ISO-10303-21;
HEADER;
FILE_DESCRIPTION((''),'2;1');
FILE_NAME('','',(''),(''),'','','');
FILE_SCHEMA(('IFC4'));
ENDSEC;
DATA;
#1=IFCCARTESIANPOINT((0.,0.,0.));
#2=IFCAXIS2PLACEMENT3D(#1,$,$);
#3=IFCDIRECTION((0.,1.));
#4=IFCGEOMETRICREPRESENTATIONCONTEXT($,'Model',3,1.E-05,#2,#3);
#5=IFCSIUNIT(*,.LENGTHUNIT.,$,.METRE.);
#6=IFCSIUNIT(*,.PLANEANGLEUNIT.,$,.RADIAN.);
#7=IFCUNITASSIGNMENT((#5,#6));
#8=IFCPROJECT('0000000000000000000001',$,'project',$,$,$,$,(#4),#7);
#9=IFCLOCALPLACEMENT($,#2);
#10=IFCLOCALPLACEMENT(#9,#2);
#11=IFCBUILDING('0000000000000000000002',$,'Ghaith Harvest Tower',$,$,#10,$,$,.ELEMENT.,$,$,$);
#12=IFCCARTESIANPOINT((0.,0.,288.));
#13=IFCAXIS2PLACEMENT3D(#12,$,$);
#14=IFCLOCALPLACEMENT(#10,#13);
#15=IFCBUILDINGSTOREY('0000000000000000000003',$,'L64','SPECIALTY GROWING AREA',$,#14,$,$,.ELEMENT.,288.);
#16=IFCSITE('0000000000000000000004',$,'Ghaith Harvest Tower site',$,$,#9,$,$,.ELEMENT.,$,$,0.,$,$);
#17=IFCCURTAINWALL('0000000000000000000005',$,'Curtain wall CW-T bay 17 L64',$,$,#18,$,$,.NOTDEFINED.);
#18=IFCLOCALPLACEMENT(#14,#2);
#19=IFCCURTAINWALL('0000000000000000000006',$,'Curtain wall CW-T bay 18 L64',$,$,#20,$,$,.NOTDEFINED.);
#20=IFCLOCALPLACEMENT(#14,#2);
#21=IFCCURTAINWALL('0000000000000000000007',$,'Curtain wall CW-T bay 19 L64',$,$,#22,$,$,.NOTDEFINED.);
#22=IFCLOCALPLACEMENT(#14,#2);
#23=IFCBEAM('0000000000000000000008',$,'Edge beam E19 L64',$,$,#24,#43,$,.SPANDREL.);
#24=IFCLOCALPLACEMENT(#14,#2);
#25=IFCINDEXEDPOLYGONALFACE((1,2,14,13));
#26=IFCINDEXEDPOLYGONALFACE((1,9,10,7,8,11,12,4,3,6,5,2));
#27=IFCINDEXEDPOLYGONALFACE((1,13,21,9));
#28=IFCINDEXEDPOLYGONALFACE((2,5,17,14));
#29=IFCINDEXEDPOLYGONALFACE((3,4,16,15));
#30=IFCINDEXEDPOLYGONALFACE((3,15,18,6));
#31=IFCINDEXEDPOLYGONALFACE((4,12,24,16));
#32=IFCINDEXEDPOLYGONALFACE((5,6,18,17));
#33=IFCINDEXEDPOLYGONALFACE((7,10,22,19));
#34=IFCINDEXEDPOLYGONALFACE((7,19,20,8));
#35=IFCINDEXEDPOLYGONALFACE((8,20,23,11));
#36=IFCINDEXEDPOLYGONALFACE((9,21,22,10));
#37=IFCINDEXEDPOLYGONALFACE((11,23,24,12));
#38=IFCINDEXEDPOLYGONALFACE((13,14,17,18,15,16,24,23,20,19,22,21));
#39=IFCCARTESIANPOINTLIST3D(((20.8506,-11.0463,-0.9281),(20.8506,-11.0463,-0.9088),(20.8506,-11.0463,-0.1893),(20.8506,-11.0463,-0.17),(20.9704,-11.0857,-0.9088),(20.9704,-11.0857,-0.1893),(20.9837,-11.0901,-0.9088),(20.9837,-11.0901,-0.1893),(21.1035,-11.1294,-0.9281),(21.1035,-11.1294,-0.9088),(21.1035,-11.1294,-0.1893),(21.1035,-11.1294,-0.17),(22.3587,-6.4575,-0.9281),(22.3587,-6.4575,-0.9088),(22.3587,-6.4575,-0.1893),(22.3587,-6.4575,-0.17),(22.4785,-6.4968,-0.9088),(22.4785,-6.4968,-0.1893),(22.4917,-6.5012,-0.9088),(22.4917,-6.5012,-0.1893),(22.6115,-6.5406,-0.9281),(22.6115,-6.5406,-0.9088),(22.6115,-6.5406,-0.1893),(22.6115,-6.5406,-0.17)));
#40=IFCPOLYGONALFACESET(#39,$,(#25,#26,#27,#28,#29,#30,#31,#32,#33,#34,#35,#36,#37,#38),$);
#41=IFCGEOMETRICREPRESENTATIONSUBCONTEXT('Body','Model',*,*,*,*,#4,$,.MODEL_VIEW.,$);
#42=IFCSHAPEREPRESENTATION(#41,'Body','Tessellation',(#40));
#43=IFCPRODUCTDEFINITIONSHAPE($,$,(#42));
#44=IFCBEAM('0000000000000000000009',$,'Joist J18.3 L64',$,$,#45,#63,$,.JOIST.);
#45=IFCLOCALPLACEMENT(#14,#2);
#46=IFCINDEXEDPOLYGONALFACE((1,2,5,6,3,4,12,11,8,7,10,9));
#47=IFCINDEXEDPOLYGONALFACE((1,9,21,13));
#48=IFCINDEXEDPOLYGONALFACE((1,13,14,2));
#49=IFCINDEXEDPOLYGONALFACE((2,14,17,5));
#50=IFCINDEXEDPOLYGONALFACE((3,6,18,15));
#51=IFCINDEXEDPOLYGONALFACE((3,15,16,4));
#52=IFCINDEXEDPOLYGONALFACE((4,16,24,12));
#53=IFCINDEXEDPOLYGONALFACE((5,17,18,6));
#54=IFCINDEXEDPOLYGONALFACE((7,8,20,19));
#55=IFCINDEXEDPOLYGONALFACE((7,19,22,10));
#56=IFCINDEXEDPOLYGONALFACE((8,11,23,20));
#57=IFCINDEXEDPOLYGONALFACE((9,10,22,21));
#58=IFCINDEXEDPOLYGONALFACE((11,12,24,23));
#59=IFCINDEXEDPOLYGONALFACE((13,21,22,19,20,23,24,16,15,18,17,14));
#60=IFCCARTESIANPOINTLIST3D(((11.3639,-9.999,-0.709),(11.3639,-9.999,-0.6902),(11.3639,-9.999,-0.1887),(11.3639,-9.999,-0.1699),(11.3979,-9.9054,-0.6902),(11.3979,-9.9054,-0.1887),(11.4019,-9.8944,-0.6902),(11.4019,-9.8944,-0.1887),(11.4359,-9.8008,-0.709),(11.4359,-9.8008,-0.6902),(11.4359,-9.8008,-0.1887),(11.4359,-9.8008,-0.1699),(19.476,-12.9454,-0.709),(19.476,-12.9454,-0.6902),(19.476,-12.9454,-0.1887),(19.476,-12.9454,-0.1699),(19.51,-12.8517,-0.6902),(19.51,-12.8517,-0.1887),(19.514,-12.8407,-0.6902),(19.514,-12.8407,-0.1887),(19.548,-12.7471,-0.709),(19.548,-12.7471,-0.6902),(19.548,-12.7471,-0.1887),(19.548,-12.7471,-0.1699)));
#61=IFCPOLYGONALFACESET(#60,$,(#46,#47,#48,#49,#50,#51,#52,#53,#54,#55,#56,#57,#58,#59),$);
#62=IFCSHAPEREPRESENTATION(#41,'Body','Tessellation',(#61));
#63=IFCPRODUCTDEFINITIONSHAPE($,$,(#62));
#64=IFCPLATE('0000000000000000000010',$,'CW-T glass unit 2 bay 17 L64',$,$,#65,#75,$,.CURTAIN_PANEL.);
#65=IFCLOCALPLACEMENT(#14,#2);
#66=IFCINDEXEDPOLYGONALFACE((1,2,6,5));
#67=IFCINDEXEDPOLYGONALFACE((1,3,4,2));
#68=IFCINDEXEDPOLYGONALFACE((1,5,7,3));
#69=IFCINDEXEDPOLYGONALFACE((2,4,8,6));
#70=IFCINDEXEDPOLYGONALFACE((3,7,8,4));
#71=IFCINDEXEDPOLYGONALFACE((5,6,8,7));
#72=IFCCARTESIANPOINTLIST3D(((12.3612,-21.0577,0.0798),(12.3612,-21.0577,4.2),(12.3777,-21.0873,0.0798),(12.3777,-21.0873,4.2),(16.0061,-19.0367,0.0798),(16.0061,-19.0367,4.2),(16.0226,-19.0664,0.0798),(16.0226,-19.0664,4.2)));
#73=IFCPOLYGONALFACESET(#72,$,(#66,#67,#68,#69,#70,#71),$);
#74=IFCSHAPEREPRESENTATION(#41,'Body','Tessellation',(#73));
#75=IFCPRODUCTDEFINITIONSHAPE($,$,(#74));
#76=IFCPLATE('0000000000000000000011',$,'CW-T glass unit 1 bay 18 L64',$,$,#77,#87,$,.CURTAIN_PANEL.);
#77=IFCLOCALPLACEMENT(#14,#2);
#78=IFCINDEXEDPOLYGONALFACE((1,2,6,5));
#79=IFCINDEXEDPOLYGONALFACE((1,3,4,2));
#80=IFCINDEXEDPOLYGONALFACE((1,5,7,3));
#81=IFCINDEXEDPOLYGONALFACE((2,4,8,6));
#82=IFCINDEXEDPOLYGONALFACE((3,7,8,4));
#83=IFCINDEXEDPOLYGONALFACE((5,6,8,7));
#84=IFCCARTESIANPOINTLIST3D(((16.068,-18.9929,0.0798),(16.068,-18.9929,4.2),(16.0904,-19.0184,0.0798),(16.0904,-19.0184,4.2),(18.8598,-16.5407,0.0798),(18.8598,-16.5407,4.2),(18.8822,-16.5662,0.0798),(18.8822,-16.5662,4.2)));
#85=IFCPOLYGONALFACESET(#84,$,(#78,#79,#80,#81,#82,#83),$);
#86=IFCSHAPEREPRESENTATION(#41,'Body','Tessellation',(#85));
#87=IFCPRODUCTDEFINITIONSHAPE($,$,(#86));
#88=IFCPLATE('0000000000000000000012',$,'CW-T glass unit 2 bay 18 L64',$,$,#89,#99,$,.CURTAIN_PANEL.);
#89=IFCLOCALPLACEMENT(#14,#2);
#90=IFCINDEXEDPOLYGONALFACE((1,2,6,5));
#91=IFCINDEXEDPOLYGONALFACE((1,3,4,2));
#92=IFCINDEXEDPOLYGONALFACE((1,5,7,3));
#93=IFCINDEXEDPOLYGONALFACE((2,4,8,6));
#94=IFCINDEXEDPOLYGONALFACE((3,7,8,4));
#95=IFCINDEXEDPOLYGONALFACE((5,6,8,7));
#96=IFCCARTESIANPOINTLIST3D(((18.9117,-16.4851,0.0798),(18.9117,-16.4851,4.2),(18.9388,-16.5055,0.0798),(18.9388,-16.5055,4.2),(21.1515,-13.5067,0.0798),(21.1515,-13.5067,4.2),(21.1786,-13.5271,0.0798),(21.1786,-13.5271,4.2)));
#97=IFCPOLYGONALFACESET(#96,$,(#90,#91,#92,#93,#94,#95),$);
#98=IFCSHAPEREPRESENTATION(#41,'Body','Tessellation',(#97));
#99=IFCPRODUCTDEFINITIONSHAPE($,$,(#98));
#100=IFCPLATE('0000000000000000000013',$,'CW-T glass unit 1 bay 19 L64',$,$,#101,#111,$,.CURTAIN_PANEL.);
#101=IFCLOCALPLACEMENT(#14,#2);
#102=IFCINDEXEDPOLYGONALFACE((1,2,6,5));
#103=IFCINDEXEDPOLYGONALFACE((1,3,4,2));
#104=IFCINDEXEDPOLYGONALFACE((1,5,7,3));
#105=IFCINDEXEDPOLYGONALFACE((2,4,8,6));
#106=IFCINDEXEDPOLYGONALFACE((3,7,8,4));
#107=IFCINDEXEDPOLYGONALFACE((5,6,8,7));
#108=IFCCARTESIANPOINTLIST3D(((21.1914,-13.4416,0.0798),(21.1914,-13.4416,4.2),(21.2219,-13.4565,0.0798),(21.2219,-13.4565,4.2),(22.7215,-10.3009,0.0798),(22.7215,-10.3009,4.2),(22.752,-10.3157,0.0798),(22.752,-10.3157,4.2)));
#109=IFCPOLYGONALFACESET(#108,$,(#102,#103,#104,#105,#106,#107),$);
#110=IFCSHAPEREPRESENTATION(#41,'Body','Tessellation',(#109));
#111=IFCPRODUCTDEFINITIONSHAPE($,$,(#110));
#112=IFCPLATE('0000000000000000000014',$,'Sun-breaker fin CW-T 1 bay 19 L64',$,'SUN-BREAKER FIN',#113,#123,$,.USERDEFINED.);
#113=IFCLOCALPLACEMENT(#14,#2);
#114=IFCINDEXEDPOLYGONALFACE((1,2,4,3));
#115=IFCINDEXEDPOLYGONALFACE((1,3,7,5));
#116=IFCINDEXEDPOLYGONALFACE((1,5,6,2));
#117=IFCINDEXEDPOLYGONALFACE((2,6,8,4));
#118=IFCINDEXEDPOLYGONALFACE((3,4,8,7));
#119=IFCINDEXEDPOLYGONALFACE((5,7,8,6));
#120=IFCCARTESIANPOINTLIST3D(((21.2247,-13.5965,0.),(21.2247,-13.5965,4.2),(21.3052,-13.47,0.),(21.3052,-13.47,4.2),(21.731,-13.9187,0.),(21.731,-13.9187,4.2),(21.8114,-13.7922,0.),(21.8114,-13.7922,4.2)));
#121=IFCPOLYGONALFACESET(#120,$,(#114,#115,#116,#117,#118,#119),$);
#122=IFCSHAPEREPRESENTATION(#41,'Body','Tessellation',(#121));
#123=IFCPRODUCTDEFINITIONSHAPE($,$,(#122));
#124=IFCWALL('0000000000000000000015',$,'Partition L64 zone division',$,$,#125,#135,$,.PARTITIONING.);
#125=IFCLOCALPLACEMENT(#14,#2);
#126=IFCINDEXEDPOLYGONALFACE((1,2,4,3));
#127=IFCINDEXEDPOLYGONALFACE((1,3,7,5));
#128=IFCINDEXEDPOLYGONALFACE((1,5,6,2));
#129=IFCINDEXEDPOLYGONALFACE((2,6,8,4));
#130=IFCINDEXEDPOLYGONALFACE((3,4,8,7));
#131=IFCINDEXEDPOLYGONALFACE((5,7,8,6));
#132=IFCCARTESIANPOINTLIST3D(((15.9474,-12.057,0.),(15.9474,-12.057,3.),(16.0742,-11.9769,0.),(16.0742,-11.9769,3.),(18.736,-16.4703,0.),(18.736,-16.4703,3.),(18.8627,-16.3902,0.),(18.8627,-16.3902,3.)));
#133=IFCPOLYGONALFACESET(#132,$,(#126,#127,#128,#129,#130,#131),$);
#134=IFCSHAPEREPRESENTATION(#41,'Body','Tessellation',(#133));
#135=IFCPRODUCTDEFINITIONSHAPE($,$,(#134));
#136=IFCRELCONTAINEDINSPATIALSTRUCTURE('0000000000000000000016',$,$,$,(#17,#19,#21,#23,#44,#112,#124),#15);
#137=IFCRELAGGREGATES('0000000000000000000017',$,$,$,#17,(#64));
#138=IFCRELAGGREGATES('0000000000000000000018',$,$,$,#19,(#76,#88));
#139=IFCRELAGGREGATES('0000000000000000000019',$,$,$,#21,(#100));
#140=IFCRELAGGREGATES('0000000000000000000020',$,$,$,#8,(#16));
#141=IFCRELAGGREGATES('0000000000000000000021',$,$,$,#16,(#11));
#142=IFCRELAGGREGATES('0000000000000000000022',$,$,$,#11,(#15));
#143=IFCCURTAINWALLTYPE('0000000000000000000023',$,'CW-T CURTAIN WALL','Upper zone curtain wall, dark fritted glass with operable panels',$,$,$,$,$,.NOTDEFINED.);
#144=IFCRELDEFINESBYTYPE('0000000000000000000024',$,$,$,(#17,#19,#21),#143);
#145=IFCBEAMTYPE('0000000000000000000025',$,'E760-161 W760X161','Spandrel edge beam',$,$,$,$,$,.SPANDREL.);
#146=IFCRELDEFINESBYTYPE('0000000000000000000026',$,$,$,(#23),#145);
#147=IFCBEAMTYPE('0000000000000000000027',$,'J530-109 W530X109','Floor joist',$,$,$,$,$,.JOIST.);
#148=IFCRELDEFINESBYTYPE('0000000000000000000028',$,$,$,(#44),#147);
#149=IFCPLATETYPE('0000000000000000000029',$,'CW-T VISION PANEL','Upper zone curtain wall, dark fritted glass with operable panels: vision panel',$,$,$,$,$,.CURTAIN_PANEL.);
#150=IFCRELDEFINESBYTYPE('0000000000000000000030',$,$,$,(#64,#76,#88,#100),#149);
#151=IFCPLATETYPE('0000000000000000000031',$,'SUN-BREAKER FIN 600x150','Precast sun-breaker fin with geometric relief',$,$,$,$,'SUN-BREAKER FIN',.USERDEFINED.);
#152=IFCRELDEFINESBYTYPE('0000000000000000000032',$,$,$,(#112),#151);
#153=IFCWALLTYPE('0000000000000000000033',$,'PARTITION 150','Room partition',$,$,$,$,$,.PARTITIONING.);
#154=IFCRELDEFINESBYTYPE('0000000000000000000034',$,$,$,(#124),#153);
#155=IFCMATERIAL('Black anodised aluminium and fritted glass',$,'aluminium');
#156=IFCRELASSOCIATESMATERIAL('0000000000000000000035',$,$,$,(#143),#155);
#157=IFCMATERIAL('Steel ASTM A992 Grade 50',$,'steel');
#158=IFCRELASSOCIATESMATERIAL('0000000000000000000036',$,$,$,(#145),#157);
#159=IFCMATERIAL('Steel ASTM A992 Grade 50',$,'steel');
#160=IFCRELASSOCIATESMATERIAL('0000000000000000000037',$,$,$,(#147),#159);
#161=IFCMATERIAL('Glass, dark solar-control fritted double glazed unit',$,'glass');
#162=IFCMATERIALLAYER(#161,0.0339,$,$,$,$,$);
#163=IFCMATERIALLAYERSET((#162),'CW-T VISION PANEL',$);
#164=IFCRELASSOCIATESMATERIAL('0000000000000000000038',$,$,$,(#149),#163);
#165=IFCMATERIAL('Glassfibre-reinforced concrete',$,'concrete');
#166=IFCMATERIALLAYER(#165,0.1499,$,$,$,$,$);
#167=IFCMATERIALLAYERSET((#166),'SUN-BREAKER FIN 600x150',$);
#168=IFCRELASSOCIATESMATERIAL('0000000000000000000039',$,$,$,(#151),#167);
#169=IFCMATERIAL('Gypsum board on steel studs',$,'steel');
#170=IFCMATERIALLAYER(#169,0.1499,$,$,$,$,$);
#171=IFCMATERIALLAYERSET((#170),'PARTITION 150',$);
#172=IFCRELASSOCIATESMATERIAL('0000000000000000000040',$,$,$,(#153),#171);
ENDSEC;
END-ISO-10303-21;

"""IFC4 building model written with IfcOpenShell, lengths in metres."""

from ifc_helpers import new_model, si_unit, direction, frame, frame_2d, origin, origin_2d, place, context, subcontext, project, spatial, rectangle, i_section, extrude, material, layer, layer_set, material_profile, profile_set, type_object, element, aggregate, save


model = new_model("IFC4")

# Units and contexts
model_context = context("Model", 3, precision=1e-05, world=origin(), true_north=direction((0.0, 1.0)))
body_context = subcontext(model_context, "Body", "Model", "MODEL_VIEW")
ifc_project = project(units=[si_unit("LENGTHUNIT", "METRE"), si_unit("PLANEANGLEUNIT", "RADIAN")], contexts=[model_context])

# Site, building, storey
site_placement = place(None, origin())
site = spatial("IfcSite", under=ifc_project, at=site_placement, Name="Ghaith Harvest Tower site", CompositionType="ELEMENT", RefElevation=0.0)
building_placement = place(site_placement, origin())
building = spatial("IfcBuilding", under=site, at=building_placement, Name="Ghaith Harvest Tower", CompositionType="ELEMENT")
storey_placement = place(building_placement, frame((0.0, 0.0, 288.0)))
storey = spatial("IfcBuildingStorey", under=building, at=storey_placement, Name="L64", Description="SPECIALTY GROWING AREA", CompositionType="ELEMENT", Elevation=288.0)

# Curtain wall
ifc_material_1 = material(Name="Black anodised aluminium and fritted glass", Category="aluminium")
curtain_wall_type = type_object("IfcCurtainWallType", Name="CW-T CURTAIN WALL", Description="Upper zone curtain wall, dark fritted glass with operable panels", PredefinedType="NOTDEFINED", material=ifc_material_1)
curtain_wall_1_placement = place(storey_placement, origin())
curtain_wall_1 = element("IfcCurtainWall", 1, at=curtain_wall_1_placement, inside=storey, type_object=curtain_wall_type, Name="Curtain wall CW-T bay 17 L64", PredefinedType="NOTDEFINED")

# Curtain walls
curtain_wall_2_placement = place(storey_placement, origin())
curtain_wall_2 = element("IfcCurtainWall", 2, at=curtain_wall_2_placement, inside=storey, type_object=curtain_wall_type, Name="Curtain wall CW-T bay 18 L64", PredefinedType="NOTDEFINED")
curtain_wall_3_placement = place(storey_placement, origin())
curtain_wall_3 = element("IfcCurtainWall", 3, at=curtain_wall_3_placement, inside=storey, type_object=curtain_wall_type, Name="Curtain wall CW-T bay 19 L64", PredefinedType="NOTDEFINED")

# Beams
ifc_material_2 = material(Name="Steel ASTM A992 Grade 50", Category="steel")
ifc_material_profile_1 = material_profile(ifc_material_2, i_section(OverallWidth=0.2661, OverallDepth=0.7581, WebThickness=0.0139, FlangeThickness=0.0193, at=origin_2d()), Name="W760X161")
ifc_profile_set_1 = profile_set([ifc_material_profile_1], Name="Steel ASTM A992 Grade 50")
beam_type_1 = type_object("IfcBeamType", Name="E760-161 W760X161", Description="Spandrel edge beam", PredefinedType="SPANDREL", material=ifc_profile_set_1)
beam_1_placement = place(storey_placement, frame((20.9771, -11.0879, -0.5491), z_axis=(0.312207, 0.950014, 0.0), x_axis=(-0.950014, 0.312207, 0.0)))
element("IfcBeam", 4, at=beam_1_placement, inside=storey, type_object=beam_type_1, Name="Edge beam E19 L64", PredefinedType="SPANDREL", context=body_context, shape_type="SweptSolid", body=[
    extrude(i_section(OverallWidth=0.2661, OverallDepth=0.7581, WebThickness=0.0139, FlangeThickness=0.0193, at=origin_2d()), origin(), (0.0, 0.0, 1.0), 4.8303),
])
ifc_material_3 = material(Name="Steel ASTM A992 Grade 50", Category="steel")
ifc_material_profile_2 = material_profile(ifc_material_3, i_section(OverallWidth=0.2109, OverallDepth=0.5391, WebThickness=0.0117, FlangeThickness=0.0188, at=origin_2d()), Name="W530X109")
ifc_profile_set_2 = profile_set([ifc_material_profile_2], Name="Steel ASTM A992 Grade 50")
beam_type_2 = type_object("IfcBeamType", Name="J530-109 W530X109", Description="Floor joist", PredefinedType="JOIST", material=ifc_profile_set_2)
beam_2_placement = place(storey_placement, frame((11.3999, -9.8999, -0.4395), z_axis=(0.939926, -0.34138, 0.0), x_axis=(0.34138, 0.939926, 0.0)))
element("IfcBeam", 5, at=beam_2_placement, inside=storey, type_object=beam_type_2, Name="Joist J18.3 L64", PredefinedType="JOIST", context=body_context, shape_type="SweptSolid", body=[
    extrude(i_section(OverallWidth=0.2109, OverallDepth=0.5391, WebThickness=0.0117, FlangeThickness=0.0188, at=origin_2d()), origin(), (0.0, 0.0, 1.0), 8.6306),
])

# Plates
ifc_material_4 = material(Name="Glass, dark solar-control fritted double glazed unit", Category="glass")
ifc_layer_1 = layer(ifc_material_4, 0.0339)
ifc_layer_set_1 = layer_set([ifc_layer_1], Name="CW-T VISION PANEL")
plate_type_1 = type_object("IfcPlateType", Name="CW-T VISION PANEL", Description="Upper zone curtain wall, dark fritted glass with operable panels: vision panel", PredefinedType="CURTAIN_PANEL", material=ifc_layer_set_1)
plate_1_placement = place(storey_placement, frame((14.1919, -20.062, 0.0798), z_axis=(0.0, 0.0, 1.0), x_axis=(0.874564, 0.48491, 0.0)))
plate_1 = element("IfcPlate", 6, at=plate_1_placement, type_object=plate_type_1, Name="CW-T glass unit 2 bay 17 L64", PredefinedType="CURTAIN_PANEL", context=body_context, shape_type="SweptSolid", body=[
    extrude(rectangle(XDim=4.1677, YDim=0.0339, at=origin_2d()), origin(), (0.0, 0.0, 1.0), 4.1201),
])
aggregate(curtain_wall_1, [plate_1])
plate_2_placement = place(storey_placement, frame((17.4751, -17.7795, 0.0798), z_axis=(0.0, 0.0, 1.0), x_axis=(0.751335, 0.659922, 0.0)))
plate_2 = element("IfcPlate", 7, at=plate_2_placement, type_object=plate_type_1, Name="CW-T glass unit 1 bay 18 L64", PredefinedType="CURTAIN_PANEL", context=body_context, shape_type="SweptSolid", body=[
    extrude(rectangle(XDim=3.7158, YDim=0.0339, at=origin_2d()), origin(), (0.0, 0.0, 1.0), 4.1201),
])
plate_3_placement = place(storey_placement, frame((20.0452, -15.0061, 0.0798), z_axis=(0.0, 0.0, 1.0), x_axis=(0.601048, 0.799213, 0.0)))
plate_3 = element("IfcPlate", 8, at=plate_3_placement, type_object=plate_type_1, Name="CW-T glass unit 2 bay 18 L64", PredefinedType="CURTAIN_PANEL", context=body_context, shape_type="SweptSolid", body=[
    extrude(rectangle(XDim=3.7266, YDim=0.0339, at=origin_2d()), origin(), (0.0, 0.0, 1.0), 4.1201),
])
aggregate(curtain_wall_2, [plate_2, plate_3])
plate_4_placement = place(storey_placement, frame((21.9717, -11.8787, 0.0798), z_axis=(0.0, 0.0, 1.0), x_axis=(0.437968, 0.89899, 0.0)))
plate_4 = element("IfcPlate", 9, at=plate_4_placement, type_object=plate_type_1, Name="CW-T glass unit 1 bay 19 L64", PredefinedType="CURTAIN_PANEL", context=body_context, shape_type="SweptSolid", body=[
    extrude(rectangle(XDim=3.4937, YDim=0.0339, at=origin_2d()), origin(), (0.0, 0.0, 1.0), 4.1201),
])
aggregate(curtain_wall_3, [plate_4])
ifc_material_5 = material(Name="Glassfibre-reinforced concrete", Category="concrete")
ifc_layer_2 = layer(ifc_material_5, 0.1499)
ifc_layer_set_2 = layer_set([ifc_layer_2], Name="SUN-BREAKER FIN 600x150")
plate_type_2 = type_object("IfcPlateType", Name="SUN-BREAKER FIN 600x150", Description="Precast sun-breaker fin with geometric relief", ElementType="SUN-BREAKER FIN", PredefinedType="USERDEFINED", material=ifc_layer_set_2)
plate_5_placement = place(storey_placement, frame((21.5181, -13.6943, 0.0), z_axis=(0.0, 0.0, 1.0), x_axis=(0.843644, -0.536903, 0.0)))
element("IfcPlate", 10, at=plate_5_placement, inside=storey, type_object=plate_type_2, Name="Sun-breaker fin CW-T 1 bay 19 L64", ObjectType="SUN-BREAKER FIN", PredefinedType="USERDEFINED", context=body_context, shape_type="SweptSolid", body=[
    extrude(rectangle(XDim=0.6001, YDim=0.1499, at=origin_2d()), origin(), (0.0, 0.0, 1.0), 4.2),
])

# Wall
ifc_material_6 = material(Name="Gypsum board on steel studs", Category="steel")
ifc_layer_3 = layer(ifc_material_6, 0.1499)
ifc_layer_set_3 = layer_set([ifc_layer_3], Name="PARTITION 150")
wall_type_1 = type_object("IfcWallType", Name="PARTITION 150", Description="Room partition", PredefinedType="PARTITIONING", material=ifc_layer_set_3)
wall_1_placement = place(storey_placement, frame((16.0107, -12.0168, 0.0), z_axis=(0.0, 0.0, 1.0), x_axis=(0.534158, -0.845384, 0.0)))
element("IfcWall", 11, at=wall_1_placement, inside=storey, type_object=wall_type_1, Name="Partition L64 zone division", PredefinedType="PARTITIONING", context=body_context, shape_type="SweptSolid", body=[
    extrude(rectangle(XDim=5.2205, YDim=0.1499, at=frame_2d((2.6104, 0.0))), origin(), (0.0, 0.0, 1.0), 3.0),
])

save(model, "model.ifc")
